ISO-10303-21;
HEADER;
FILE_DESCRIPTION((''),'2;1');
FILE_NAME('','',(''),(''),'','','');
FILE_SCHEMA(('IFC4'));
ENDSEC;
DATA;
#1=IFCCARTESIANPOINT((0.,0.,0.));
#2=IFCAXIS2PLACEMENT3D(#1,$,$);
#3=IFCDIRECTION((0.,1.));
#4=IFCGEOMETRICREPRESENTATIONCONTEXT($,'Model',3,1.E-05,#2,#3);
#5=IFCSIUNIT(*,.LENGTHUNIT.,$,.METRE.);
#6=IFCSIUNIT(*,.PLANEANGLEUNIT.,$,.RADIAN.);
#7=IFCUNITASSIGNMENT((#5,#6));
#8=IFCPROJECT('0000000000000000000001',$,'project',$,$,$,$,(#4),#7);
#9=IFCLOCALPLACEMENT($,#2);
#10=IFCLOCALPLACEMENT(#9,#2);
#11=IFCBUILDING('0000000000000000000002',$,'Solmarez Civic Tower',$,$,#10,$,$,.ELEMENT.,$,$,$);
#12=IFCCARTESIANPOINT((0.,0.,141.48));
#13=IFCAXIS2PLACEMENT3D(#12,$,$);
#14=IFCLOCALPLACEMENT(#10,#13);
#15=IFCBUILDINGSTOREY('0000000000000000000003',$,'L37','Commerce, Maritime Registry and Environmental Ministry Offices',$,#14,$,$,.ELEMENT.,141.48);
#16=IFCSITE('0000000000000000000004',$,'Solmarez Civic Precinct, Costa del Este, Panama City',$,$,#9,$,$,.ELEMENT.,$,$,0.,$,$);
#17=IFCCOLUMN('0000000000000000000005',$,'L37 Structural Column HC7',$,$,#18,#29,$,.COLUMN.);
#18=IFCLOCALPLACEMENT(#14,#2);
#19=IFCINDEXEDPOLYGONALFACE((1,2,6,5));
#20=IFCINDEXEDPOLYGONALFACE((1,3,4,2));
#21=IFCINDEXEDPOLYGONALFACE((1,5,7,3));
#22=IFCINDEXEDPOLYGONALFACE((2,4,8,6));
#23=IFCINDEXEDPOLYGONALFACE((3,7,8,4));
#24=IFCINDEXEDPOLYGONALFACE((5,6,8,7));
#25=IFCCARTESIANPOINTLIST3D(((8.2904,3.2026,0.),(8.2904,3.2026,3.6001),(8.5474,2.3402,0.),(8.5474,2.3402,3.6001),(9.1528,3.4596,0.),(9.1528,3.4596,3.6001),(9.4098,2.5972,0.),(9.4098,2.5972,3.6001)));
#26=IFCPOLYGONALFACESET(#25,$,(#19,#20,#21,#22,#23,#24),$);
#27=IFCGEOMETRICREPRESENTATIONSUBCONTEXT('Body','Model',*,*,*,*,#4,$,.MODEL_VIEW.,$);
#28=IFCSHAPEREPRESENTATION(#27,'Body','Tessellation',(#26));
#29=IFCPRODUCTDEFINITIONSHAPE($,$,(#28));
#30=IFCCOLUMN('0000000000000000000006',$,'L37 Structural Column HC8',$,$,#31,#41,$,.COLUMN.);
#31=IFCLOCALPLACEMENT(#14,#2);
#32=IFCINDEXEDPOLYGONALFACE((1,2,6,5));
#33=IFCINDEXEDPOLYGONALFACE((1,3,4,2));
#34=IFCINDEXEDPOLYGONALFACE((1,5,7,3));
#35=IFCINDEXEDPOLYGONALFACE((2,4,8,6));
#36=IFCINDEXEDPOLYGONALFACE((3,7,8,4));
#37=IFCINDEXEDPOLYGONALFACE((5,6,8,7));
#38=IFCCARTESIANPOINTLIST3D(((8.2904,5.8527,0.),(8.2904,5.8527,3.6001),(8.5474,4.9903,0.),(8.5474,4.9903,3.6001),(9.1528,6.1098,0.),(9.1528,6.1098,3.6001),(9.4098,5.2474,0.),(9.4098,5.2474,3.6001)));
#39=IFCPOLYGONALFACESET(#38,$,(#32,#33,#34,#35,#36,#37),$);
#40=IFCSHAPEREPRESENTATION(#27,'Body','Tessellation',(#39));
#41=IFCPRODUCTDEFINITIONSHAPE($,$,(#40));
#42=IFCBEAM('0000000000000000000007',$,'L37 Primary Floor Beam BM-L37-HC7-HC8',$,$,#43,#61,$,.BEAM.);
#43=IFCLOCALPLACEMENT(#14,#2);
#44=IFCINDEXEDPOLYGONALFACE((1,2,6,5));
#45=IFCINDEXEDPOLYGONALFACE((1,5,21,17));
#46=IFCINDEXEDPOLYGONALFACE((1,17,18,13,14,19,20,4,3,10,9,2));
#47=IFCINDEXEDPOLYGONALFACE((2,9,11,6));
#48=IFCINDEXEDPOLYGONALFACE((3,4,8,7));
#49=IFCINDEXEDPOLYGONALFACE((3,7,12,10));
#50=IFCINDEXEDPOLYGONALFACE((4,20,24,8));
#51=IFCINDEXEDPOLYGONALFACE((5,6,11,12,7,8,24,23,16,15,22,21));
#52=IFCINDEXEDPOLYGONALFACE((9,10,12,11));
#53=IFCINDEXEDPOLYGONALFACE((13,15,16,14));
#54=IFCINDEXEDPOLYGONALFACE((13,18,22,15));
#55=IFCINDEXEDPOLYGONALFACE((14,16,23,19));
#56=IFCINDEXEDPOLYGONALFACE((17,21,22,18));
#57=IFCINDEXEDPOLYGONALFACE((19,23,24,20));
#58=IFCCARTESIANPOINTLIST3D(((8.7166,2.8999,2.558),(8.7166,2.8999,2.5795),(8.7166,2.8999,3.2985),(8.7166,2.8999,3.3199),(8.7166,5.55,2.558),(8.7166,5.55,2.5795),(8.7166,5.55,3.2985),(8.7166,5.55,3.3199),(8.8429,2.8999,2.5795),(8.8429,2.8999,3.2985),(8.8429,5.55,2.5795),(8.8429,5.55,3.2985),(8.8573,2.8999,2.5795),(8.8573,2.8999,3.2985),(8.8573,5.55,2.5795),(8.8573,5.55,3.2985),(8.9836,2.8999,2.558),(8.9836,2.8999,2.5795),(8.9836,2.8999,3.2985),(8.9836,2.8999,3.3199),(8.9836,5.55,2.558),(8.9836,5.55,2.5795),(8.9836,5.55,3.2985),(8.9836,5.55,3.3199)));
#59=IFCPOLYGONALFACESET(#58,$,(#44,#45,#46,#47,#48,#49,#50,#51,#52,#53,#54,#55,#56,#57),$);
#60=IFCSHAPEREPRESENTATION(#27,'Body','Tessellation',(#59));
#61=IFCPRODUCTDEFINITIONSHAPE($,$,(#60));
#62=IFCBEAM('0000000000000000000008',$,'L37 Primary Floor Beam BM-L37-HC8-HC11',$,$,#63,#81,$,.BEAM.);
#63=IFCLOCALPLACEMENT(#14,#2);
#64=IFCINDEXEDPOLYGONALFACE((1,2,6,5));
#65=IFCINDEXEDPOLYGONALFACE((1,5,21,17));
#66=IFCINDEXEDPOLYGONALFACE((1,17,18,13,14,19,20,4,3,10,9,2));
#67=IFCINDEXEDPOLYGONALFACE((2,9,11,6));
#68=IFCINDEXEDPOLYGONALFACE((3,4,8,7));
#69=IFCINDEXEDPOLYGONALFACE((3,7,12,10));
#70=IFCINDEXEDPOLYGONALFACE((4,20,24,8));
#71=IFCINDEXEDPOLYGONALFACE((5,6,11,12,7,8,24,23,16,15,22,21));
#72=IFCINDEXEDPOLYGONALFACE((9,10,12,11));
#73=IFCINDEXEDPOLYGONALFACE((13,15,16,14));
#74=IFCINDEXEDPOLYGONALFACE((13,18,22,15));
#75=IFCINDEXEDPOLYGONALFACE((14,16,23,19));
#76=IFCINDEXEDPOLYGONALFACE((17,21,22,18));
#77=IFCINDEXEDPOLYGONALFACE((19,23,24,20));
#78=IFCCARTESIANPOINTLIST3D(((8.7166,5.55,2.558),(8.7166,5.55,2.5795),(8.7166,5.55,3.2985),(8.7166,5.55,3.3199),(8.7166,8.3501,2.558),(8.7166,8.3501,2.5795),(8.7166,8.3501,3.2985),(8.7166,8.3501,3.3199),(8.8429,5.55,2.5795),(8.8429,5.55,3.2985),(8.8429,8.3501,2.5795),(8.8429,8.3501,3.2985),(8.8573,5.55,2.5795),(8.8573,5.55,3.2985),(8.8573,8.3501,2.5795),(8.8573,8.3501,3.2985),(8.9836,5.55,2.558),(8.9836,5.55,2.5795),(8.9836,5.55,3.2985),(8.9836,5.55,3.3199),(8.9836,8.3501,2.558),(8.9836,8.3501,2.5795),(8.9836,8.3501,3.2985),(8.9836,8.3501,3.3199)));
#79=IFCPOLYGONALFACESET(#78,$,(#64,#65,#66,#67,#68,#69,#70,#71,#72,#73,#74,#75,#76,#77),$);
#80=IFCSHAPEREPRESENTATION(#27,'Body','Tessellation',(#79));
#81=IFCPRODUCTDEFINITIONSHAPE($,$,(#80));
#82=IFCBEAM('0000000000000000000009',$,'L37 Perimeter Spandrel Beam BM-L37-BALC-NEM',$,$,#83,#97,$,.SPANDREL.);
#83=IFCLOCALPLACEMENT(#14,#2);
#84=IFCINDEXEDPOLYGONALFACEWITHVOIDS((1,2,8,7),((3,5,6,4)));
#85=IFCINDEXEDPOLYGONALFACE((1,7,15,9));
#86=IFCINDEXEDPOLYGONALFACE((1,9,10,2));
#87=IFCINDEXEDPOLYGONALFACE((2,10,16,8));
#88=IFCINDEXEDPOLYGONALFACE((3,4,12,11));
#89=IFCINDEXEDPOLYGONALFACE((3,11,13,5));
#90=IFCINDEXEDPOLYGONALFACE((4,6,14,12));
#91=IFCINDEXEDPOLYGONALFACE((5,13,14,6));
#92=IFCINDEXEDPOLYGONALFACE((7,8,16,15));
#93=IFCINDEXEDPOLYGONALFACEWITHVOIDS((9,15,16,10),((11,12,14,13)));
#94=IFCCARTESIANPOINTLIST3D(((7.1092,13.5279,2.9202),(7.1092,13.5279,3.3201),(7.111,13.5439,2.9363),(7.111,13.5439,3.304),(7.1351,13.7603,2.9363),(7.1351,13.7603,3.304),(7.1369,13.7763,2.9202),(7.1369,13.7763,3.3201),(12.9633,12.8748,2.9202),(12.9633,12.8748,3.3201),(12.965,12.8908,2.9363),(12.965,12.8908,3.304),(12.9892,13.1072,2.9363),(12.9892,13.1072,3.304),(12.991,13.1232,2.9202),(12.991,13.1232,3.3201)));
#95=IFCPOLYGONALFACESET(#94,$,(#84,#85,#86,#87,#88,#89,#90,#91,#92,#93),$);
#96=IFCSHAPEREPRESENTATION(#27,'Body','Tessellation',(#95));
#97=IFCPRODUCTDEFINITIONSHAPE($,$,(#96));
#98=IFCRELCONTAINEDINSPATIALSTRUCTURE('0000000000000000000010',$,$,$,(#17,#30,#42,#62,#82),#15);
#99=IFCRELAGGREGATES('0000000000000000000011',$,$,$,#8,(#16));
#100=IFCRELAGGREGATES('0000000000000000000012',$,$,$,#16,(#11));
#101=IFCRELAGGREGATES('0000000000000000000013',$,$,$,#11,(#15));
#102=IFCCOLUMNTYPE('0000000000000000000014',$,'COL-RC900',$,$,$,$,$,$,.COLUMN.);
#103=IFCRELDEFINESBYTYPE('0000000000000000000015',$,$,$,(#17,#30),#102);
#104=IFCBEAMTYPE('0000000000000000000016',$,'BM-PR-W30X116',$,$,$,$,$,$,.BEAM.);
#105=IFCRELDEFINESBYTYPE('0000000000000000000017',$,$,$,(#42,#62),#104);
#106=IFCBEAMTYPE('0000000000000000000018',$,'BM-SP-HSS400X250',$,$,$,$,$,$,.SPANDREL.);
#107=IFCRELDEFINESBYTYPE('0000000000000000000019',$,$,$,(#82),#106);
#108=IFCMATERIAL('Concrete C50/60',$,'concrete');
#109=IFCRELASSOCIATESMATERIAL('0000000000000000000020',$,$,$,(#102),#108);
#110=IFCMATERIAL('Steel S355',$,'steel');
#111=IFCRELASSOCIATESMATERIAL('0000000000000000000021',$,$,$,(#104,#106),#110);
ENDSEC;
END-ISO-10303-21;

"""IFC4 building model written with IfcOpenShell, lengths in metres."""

from ifc_helpers import new_model, si_unit, direction, frame, origin, origin_2d, place, context, subcontext, project, spatial, rectangle, hollow_rectangle, i_section, extrude, material, material_profile, profile_set, type_object, element, save


model = new_model("IFC4")

# Units and contexts
model_context = context("Model", 3, precision=1e-05, world=origin(), true_north=direction((0.0, 1.0)))
body_context = subcontext(model_context, "Body", "Model", "MODEL_VIEW")
ifc_project = project(units=[si_unit("LENGTHUNIT", "METRE"), si_unit("PLANEANGLEUNIT", "RADIAN")], contexts=[model_context])

# Site, building, storey
site_placement = place(None, origin())
site = spatial("IfcSite", under=ifc_project, at=site_placement, Name="Solmarez Civic Precinct, Costa del Este, Panama City", CompositionType="ELEMENT", RefElevation=0.0)
building_placement = place(site_placement, origin())
building = spatial("IfcBuilding", under=site, at=building_placement, Name="Solmarez Civic Tower", CompositionType="ELEMENT")
storey_placement = place(building_placement, frame((0.0, 0.0, 141.48)))
storey = spatial("IfcBuildingStorey", under=building, at=storey_placement, Name="L37", Description="Commerce, Maritime Registry and Environmental Ministry Offices", CompositionType="ELEMENT", Elevation=141.48)

# Columns
ifc_material_1 = material(Name="Concrete C50/60", Category="concrete")
ifc_material_profile_1 = material_profile(ifc_material_1, rectangle(XDim=0.8999, YDim=0.8999, at=origin_2d()), Name="RC900X900")
ifc_profile_set_1 = profile_set([ifc_material_profile_1], Name="Concrete C50/60")
column_type = type_object("IfcColumnType", Name="COL-RC900", PredefinedType="COLUMN", material=ifc_profile_set_1)
for number, where, z_axis, x_axis, name in (
    (1, (8.8501, 2.8999, 0.0), (0.0, 0.0, 1.0), (0.958323, 0.285688, 0.0), "L37 Structural Column HC7"),
    (2, (8.8501, 5.55, 0.0), (0.0, 0.0, 1.0), (0.958323, 0.285688, 0.0), "L37 Structural Column HC8"),
):
    element("IfcColumn", number, at=place(storey_placement, frame(where, z_axis=z_axis, x_axis=x_axis)), inside=storey, type_object=column_type, Name=name, PredefinedType="COLUMN", context=body_context, shape_type="SweptSolid", body=[
        extrude(rectangle(XDim=0.8999, YDim=0.8999, at=origin_2d()), origin(), (0.0, 0.0, 1.0), 3.6001),
    ])

# Beams
ifc_material_2 = material(Name="Steel S355", Category="steel")
ifc_material_profile_2 = material_profile(ifc_material_2, i_section(OverallWidth=0.2671, OverallDepth=0.762, WebThickness=0.0144, FlangeThickness=0.0215, at=origin_2d()), Name="W30X116")
ifc_profile_set_2 = profile_set([ifc_material_profile_2], Name="Steel S355")
beam_type_1 = type_object("IfcBeamType", Name="BM-PR-W30X116", PredefinedType="BEAM", material=ifc_profile_set_2)
beam_1_placement = place(storey_placement, frame((8.8501, 2.8999, 2.939), z_axis=(0.0, 1.0, 0.0), x_axis=(-1.0, 0.0, 0.0)))
element("IfcBeam", 3, at=beam_1_placement, inside=storey, type_object=beam_type_1, Name="L37 Primary Floor Beam BM-L37-HC7-HC8", PredefinedType="BEAM", context=body_context, shape_type="SweptSolid", body=[
    extrude(i_section(OverallWidth=0.2671, OverallDepth=0.762, WebThickness=0.0144, FlangeThickness=0.0215, at=origin_2d()), origin(), (0.0, 0.0, 1.0), 2.6501),
])
beam_2_placement = place(storey_placement, frame((8.8501, 5.55, 2.939), z_axis=(0.0, 1.0, 0.0), x_axis=(-1.0, 0.0, 0.0)))
element("IfcBeam", 4, at=beam_2_placement, inside=storey, type_object=beam_type_1, Name="L37 Primary Floor Beam BM-L37-HC8-HC11", PredefinedType="BEAM", context=body_context, shape_type="SweptSolid", body=[
    extrude(i_section(OverallWidth=0.2671, OverallDepth=0.762, WebThickness=0.0144, FlangeThickness=0.0215, at=origin_2d()), origin(), (0.0, 0.0, 1.0), 2.8),
])
ifc_material_profile_3 = material_profile(ifc_material_2, hollow_rectangle(XDim=0.25, YDim=0.3999, WallThickness=0.0161, at=origin_2d()), Name="HSS400X250X16")
ifc_profile_set_3 = profile_set([ifc_material_profile_3], Name="Steel S355")
beam_type_2 = type_object("IfcBeamType", Name="BM-SP-HSS400X250", PredefinedType="SPANDREL", material=ifc_profile_set_3)
beam_3_placement = place(storey_placement, frame((7.123, 13.6521, 3.1201), z_axis=(0.993835, -0.110873, 0.0), x_axis=(0.110873, 0.993835, 0.0)))
element("IfcBeam", 5, at=beam_3_placement, inside=storey, type_object=beam_type_2, Name="L37 Perimeter Spandrel Beam BM-L37-BALC-NEM", PredefinedType="SPANDREL", context=body_context, shape_type="SweptSolid", body=[
    extrude(hollow_rectangle(XDim=0.25, YDim=0.3999, WallThickness=0.0161, at=origin_2d()), origin(), (0.0, 0.0, 1.0), 5.8904),
])

save(model, "model.ifc")
